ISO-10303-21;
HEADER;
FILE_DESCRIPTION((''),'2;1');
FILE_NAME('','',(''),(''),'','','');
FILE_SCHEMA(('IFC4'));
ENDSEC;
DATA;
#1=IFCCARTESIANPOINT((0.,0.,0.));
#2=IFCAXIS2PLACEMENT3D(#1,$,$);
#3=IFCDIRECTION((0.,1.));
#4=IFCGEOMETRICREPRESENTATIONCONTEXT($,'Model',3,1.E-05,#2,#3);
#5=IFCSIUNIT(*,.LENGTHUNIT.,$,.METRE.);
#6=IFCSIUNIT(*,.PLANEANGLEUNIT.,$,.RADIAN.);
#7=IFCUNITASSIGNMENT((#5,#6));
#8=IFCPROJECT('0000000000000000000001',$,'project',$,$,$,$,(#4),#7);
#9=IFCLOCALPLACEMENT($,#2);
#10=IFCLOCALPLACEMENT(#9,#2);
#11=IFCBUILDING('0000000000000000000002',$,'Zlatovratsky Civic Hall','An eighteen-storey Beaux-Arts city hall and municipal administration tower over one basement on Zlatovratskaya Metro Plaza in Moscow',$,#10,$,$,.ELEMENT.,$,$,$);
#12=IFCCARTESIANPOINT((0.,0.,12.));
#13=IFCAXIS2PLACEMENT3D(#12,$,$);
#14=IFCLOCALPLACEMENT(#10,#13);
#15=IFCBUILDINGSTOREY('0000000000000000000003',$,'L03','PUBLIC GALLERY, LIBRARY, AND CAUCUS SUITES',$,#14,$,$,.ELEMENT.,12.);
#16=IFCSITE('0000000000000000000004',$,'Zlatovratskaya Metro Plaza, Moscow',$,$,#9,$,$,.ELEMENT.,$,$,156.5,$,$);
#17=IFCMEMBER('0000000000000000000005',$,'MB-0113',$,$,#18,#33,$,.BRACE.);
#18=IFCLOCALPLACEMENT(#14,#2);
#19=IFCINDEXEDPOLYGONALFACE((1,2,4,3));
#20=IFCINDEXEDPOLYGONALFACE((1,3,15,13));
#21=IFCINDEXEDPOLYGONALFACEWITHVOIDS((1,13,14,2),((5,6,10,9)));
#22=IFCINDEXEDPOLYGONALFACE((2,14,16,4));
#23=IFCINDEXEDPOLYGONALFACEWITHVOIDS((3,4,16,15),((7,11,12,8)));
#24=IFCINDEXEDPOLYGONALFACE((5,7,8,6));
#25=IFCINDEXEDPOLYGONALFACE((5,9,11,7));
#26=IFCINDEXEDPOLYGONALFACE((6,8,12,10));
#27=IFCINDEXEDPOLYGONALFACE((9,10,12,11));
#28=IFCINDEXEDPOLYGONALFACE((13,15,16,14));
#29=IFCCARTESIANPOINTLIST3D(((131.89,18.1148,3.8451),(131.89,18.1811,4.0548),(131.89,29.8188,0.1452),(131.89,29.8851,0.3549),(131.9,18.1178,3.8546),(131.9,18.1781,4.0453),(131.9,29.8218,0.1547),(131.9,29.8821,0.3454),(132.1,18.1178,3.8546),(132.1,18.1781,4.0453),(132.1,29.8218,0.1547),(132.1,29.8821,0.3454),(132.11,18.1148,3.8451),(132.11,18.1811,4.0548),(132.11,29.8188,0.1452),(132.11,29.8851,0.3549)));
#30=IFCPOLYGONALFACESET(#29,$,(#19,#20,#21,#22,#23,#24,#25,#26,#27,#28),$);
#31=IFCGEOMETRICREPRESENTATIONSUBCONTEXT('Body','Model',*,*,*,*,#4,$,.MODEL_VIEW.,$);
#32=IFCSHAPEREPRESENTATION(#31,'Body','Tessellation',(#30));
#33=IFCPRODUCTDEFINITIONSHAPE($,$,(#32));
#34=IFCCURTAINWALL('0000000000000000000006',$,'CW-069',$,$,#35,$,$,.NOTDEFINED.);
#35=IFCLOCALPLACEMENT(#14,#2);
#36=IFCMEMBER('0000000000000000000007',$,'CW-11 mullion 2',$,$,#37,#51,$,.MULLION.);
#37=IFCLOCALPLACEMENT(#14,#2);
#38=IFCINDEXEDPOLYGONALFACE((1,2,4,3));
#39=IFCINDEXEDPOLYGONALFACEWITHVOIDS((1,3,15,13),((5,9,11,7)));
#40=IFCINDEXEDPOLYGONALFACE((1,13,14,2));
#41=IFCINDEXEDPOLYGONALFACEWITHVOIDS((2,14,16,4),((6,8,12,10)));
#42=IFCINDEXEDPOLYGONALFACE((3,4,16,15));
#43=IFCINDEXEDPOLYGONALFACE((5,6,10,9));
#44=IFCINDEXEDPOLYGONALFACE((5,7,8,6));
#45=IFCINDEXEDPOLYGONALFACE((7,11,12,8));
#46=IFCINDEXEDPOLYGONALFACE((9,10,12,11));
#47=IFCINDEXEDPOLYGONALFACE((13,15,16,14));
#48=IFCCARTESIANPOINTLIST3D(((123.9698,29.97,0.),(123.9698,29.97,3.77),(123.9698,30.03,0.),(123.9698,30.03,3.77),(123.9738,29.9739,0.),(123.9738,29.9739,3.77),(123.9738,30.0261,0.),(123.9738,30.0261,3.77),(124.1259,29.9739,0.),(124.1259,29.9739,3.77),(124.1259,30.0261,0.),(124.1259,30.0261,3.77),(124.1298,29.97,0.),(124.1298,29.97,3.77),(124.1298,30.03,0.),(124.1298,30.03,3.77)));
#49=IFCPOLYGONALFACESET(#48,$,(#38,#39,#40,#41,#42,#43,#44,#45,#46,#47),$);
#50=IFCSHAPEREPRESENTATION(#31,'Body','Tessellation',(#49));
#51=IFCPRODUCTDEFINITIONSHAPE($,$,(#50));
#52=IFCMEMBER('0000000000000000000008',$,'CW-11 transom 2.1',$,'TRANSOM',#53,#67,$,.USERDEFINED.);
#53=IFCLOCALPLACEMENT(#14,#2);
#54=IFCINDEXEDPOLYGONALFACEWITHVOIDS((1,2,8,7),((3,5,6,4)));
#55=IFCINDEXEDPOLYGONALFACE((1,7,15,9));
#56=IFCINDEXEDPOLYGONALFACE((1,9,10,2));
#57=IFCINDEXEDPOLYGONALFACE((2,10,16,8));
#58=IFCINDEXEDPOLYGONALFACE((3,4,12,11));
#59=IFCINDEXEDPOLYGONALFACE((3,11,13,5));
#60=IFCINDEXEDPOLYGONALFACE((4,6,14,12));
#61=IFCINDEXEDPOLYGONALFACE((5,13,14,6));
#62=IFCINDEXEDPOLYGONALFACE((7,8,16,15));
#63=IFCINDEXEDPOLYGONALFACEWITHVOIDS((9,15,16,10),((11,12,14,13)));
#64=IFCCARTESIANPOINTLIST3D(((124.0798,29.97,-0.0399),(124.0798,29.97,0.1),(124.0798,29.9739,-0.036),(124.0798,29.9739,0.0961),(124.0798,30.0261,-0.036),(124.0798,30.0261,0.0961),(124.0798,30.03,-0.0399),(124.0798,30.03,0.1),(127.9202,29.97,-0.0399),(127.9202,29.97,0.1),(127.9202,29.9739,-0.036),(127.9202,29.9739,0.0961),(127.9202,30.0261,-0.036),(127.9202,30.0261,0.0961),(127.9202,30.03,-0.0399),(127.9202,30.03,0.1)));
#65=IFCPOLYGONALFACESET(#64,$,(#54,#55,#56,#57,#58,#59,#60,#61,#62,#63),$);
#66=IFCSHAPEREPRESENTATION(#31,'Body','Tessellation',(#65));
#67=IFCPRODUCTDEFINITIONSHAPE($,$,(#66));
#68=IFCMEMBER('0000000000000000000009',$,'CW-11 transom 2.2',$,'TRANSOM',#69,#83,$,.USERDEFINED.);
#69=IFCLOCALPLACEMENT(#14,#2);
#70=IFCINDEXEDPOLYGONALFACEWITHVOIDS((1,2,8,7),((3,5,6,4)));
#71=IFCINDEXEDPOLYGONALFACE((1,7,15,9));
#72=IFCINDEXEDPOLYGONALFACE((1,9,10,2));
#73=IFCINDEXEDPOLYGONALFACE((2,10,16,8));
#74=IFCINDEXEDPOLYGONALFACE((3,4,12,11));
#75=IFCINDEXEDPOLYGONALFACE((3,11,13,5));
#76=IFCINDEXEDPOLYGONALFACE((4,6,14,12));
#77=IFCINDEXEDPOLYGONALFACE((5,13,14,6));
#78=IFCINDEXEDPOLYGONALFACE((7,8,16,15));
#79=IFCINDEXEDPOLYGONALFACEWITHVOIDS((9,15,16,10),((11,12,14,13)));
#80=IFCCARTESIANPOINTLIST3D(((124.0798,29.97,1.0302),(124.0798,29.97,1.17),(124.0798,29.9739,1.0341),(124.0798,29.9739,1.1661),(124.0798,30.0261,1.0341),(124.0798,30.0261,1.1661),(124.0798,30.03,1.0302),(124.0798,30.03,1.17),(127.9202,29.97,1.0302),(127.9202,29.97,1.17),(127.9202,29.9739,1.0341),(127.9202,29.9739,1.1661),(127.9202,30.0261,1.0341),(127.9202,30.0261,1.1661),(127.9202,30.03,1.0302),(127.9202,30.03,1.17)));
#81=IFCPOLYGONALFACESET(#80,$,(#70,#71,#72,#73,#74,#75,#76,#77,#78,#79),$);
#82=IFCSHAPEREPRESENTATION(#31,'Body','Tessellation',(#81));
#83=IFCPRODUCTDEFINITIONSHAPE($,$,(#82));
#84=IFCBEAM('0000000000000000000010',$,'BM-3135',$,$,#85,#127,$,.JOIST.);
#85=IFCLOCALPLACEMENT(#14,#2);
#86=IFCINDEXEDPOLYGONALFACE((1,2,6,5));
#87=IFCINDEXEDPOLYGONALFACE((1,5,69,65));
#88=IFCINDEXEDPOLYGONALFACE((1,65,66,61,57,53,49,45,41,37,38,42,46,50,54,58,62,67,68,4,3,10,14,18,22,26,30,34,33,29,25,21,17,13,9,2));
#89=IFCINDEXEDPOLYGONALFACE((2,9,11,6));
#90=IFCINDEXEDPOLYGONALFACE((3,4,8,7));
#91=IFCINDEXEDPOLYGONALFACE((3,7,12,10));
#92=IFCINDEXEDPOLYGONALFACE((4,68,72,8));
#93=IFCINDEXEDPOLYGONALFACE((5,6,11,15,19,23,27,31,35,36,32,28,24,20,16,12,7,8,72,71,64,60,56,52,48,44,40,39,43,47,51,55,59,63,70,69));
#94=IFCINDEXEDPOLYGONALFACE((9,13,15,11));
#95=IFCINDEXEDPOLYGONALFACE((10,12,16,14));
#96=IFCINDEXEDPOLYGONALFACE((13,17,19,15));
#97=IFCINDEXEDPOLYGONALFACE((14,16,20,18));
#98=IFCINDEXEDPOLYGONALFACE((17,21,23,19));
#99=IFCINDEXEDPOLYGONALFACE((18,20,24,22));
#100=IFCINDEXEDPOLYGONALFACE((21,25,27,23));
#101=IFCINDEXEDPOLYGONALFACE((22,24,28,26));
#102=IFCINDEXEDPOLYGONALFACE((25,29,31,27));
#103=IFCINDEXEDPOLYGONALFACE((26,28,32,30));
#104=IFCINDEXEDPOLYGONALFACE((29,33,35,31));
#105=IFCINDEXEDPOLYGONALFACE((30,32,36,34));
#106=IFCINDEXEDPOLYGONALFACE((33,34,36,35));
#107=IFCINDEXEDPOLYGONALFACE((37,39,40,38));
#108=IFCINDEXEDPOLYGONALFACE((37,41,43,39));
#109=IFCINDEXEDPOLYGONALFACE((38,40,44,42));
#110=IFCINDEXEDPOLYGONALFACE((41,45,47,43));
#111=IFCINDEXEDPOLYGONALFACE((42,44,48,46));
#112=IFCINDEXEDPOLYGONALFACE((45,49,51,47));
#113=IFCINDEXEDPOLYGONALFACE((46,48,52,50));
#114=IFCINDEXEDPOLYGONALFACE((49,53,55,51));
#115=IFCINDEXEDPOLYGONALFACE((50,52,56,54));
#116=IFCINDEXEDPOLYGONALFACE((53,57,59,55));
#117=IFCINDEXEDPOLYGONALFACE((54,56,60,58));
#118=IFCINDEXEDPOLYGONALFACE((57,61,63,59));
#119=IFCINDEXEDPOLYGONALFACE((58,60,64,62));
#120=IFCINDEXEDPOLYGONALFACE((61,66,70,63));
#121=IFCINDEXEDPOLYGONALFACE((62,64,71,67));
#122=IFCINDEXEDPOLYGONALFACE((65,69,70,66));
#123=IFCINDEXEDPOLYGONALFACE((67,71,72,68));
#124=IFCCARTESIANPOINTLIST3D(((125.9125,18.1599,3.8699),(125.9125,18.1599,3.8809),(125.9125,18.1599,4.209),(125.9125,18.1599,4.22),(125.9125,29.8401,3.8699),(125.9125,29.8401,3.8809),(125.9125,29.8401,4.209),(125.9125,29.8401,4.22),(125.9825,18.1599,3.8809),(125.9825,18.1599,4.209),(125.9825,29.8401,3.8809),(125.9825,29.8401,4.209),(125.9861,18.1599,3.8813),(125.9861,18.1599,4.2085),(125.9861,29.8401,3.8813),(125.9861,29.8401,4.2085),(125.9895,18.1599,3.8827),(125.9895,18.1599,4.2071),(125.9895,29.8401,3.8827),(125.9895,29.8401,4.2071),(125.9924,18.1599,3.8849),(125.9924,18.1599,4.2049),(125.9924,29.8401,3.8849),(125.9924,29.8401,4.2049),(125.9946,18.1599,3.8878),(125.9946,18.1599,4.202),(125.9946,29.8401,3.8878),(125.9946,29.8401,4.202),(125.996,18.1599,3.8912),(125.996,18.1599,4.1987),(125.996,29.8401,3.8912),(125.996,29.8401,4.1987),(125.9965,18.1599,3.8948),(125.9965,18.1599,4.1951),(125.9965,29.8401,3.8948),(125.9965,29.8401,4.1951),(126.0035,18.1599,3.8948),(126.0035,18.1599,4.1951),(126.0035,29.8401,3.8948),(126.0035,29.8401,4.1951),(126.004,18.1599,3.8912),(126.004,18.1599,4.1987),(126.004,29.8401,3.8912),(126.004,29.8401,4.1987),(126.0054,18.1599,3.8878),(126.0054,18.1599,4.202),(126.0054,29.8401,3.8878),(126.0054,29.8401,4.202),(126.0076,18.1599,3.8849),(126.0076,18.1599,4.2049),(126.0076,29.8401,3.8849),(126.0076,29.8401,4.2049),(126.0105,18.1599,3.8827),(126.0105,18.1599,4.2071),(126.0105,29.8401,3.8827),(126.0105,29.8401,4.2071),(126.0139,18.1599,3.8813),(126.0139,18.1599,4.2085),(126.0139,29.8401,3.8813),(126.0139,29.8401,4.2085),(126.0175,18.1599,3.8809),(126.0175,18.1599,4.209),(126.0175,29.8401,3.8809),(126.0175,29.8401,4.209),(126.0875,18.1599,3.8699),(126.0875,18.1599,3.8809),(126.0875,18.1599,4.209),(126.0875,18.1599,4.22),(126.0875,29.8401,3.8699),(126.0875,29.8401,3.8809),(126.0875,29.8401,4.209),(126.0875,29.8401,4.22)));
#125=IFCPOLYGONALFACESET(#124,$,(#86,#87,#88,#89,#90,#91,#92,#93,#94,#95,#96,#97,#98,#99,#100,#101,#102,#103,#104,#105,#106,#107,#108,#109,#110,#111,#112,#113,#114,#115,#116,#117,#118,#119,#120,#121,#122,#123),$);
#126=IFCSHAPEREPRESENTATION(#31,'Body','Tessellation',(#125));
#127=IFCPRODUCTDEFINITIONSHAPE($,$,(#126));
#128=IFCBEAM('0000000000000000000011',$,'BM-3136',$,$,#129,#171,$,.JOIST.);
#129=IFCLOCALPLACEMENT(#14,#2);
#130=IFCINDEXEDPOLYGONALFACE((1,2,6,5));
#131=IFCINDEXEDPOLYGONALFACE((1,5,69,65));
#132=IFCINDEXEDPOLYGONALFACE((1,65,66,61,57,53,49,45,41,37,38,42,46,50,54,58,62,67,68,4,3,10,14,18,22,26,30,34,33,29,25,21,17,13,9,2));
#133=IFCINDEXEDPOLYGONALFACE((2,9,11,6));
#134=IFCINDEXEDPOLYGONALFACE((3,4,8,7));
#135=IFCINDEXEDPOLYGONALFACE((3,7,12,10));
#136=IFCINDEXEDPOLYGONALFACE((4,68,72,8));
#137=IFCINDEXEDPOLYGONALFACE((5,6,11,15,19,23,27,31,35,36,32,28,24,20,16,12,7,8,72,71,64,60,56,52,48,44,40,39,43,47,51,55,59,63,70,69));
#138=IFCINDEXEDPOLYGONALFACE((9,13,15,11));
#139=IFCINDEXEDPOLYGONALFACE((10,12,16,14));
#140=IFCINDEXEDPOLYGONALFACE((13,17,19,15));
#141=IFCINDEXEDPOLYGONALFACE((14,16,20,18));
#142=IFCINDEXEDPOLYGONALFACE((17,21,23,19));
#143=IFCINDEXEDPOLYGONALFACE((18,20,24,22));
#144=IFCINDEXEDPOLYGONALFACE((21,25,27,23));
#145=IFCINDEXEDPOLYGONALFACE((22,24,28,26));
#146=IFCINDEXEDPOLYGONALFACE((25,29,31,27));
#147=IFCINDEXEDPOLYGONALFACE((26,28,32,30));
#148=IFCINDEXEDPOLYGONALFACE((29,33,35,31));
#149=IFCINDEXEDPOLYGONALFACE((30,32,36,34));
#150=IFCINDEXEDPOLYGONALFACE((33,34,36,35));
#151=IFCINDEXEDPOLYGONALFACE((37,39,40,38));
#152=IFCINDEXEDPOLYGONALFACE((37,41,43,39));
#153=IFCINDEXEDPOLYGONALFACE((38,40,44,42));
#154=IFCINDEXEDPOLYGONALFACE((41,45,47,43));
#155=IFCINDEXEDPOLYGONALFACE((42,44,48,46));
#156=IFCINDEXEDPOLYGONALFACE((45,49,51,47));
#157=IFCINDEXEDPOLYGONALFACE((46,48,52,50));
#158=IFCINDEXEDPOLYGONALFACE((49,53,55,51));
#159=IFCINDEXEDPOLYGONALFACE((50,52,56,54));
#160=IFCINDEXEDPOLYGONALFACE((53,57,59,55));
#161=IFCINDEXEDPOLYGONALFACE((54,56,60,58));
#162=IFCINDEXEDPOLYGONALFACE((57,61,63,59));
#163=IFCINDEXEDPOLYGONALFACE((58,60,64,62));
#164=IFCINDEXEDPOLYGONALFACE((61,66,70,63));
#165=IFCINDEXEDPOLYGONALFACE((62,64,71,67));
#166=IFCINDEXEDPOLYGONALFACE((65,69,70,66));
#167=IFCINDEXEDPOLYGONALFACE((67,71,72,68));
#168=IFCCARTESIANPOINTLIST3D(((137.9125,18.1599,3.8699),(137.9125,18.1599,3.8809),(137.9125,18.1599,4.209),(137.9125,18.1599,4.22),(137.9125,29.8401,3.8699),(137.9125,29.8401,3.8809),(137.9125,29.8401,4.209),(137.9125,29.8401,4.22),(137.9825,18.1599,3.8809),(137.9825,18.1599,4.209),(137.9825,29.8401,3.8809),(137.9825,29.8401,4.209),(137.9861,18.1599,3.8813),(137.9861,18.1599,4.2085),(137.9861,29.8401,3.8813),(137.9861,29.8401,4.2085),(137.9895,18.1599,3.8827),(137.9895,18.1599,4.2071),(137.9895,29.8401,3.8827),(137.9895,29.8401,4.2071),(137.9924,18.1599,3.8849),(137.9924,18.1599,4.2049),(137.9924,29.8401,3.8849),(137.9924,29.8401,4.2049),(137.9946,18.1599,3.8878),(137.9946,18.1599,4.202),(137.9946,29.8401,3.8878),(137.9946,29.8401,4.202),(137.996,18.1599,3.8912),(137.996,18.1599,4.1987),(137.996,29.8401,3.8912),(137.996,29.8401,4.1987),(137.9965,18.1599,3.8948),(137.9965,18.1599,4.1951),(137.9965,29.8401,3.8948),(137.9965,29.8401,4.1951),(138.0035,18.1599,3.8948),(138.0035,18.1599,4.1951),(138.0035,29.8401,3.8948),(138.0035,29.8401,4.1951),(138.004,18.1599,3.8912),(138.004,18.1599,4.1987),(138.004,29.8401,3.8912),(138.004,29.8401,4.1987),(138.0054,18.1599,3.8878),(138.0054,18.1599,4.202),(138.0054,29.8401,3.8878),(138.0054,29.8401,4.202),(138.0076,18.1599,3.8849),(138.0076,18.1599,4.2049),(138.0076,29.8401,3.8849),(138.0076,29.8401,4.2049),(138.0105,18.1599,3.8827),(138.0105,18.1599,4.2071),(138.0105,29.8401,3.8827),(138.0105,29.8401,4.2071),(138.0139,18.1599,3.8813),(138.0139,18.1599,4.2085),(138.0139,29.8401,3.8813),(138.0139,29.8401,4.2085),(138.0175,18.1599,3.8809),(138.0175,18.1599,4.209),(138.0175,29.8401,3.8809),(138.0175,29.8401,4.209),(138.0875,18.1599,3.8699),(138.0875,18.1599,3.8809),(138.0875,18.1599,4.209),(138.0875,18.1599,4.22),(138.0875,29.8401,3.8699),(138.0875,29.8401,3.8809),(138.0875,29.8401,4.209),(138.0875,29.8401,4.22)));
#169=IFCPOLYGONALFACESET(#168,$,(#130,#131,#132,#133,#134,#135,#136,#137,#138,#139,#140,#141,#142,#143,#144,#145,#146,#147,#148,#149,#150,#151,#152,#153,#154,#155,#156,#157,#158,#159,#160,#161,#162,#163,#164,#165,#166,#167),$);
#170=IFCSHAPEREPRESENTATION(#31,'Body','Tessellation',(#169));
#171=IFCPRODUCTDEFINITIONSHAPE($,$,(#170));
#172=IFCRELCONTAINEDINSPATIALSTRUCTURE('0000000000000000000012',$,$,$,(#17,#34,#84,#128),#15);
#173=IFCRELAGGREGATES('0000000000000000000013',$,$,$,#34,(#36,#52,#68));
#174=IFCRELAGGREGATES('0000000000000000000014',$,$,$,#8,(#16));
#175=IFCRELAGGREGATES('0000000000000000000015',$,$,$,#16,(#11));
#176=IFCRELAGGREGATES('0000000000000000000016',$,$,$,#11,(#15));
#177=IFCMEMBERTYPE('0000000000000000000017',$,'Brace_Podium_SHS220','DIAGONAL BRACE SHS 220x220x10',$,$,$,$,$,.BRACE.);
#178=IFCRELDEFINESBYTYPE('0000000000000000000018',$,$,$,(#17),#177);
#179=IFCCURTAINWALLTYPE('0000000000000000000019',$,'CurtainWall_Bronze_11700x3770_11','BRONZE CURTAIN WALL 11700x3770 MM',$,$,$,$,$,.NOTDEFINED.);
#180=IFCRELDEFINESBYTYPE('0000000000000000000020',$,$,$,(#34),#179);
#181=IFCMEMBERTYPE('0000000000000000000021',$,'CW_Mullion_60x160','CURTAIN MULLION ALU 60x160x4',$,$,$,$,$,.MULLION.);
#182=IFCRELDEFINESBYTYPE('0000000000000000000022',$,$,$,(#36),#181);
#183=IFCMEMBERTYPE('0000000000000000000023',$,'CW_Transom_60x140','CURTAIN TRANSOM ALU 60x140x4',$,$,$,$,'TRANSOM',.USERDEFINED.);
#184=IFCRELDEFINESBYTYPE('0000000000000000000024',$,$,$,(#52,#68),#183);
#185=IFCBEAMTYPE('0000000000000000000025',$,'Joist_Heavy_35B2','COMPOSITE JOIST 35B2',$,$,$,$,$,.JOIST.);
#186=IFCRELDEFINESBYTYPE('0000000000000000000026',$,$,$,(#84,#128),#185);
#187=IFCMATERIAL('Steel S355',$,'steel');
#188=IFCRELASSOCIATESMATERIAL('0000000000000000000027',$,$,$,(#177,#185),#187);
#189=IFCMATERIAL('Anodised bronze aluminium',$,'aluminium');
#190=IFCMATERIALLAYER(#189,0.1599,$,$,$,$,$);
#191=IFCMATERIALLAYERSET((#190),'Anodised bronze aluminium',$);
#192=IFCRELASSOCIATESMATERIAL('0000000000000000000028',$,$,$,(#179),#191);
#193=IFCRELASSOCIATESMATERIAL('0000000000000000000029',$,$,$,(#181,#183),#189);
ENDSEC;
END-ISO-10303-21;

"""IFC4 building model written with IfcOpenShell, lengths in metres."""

from ifc_helpers import new_model, si_unit, direction, frame, origin, origin_2d, place, context, subcontext, project, spatial, hollow_rectangle, i_section, extrude, material, layer, layer_set, material_profile, profile_set, type_object, element, aggregate, save


model = new_model("IFC4")

# Units and contexts
model_context = context("Model", 3, precision=1e-05, world=origin(), true_north=direction((0.0, 1.0)))
body_context = subcontext(model_context, "Body", "Model", "MODEL_VIEW")
ifc_project = project(units=[si_unit("LENGTHUNIT", "METRE"), si_unit("PLANEANGLEUNIT", "RADIAN")], contexts=[model_context])

# Site, building, storey
site_placement = place(None, origin())
site = spatial("IfcSite", under=ifc_project, at=site_placement, Name="Zlatovratskaya Metro Plaza, Moscow", CompositionType="ELEMENT", RefElevation=156.5)
building_placement = place(site_placement, origin())
building = spatial("IfcBuilding", under=site, at=building_placement, Name="Zlatovratsky Civic Hall", Description="An eighteen-storey Beaux-Arts city hall and municipal administration tower over one basement on Zlatovratskaya Metro Plaza in Moscow", CompositionType="ELEMENT")
storey_placement = place(building_placement, frame((0.0, 0.0, 12.0)))
storey = spatial("IfcBuildingStorey", under=building, at=storey_placement, Name="L03", Description="PUBLIC GALLERY, LIBRARY, AND CAUCUS SUITES", CompositionType="ELEMENT", Elevation=12.0)

# Shared definitions
ifc_material_1 = material(Name="Steel S355", Category="steel")

# Member
ifc_material_profile_1 = material_profile(ifc_material_1, hollow_rectangle(XDim=0.22, YDim=0.22, WallThickness=0.01, at=origin_2d()), Name="SHS 220x220x10")
ifc_profile_set_1 = profile_set([ifc_material_profile_1], Name="Steel S355")
member_type_1 = type_object("IfcMemberType", Name="Brace_Podium_SHS220", Description="DIAGONAL BRACE SHS 220x220x10", PredefinedType="BRACE", material=ifc_profile_set_1)
member_1_placement = place(storey_placement, frame((132.0, 18.1479, 3.95), z_axis=(0.0, 0.953491, -0.301422), x_axis=(-1.0, 0.0, 0.0)))
element("IfcMember", 1, at=member_1_placement, inside=storey, type_object=member_type_1, Name="MB-0113", PredefinedType="BRACE", context=body_context, shape_type="SweptSolid", body=[
    extrude(hollow_rectangle(XDim=0.22, YDim=0.22, WallThickness=0.01, at=origin_2d()), origin(), (0.0, 0.0, 1.0), 12.2749),
])

# Curtain wall, members
ifc_material_2 = material(Name="Anodised bronze aluminium", Category="aluminium")
ifc_layer_1 = layer(ifc_material_2, 0.1599)
ifc_layer_set_1 = layer_set([ifc_layer_1], Name="Anodised bronze aluminium")
curtain_wall_type = type_object("IfcCurtainWallType", Name="CurtainWall_Bronze_11700x3770_11", Description="BRONZE CURTAIN WALL 11700x3770 MM", PredefinedType="NOTDEFINED", material=ifc_layer_set_1)
curtain_wall_placement = place(storey_placement, origin())
curtain_wall = element("IfcCurtainWall", 2, at=curtain_wall_placement, inside=storey, type_object=curtain_wall_type, Name="CW-069", PredefinedType="NOTDEFINED")
ifc_material_profile_2 = material_profile(ifc_material_2, hollow_rectangle(XDim=0.0601, YDim=0.1599, WallThickness=0.0039, at=origin_2d()), Name="ALU 60x160x4")
ifc_profile_set_2 = profile_set([ifc_material_profile_2], Name="Anodised bronze aluminium")
member_type_2 = type_object("IfcMemberType", Name="CW_Mullion_60x160", Description="CURTAIN MULLION ALU 60x160x4", PredefinedType="MULLION", material=ifc_profile_set_2)
member_2_placement = place(storey_placement, frame((124.0498, 30.0, 0.0), z_axis=(0.0, 0.0, 1.0), x_axis=(0.0, 1.0, 0.0)))
member_2 = element("IfcMember", 3, at=member_2_placement, type_object=member_type_2, Name="CW-11 mullion 2", PredefinedType="MULLION", context=body_context, shape_type="SweptSolid", body=[
    extrude(hollow_rectangle(XDim=0.0601, YDim=0.1599, WallThickness=0.0039, at=origin_2d()), origin(), (0.0, 0.0, 1.0), 3.77),
])
ifc_material_profile_3 = material_profile(ifc_material_2, hollow_rectangle(XDim=0.0601, YDim=0.1399, WallThickness=0.0039, at=origin_2d()), Name="ALU 60x140x4")
ifc_profile_set_3 = profile_set([ifc_material_profile_3], Name="Anodised bronze aluminium")
member_type_3 = type_object("IfcMemberType", Name="CW_Transom_60x140", Description="CURTAIN TRANSOM ALU 60x140x4", ElementType="TRANSOM", PredefinedType="USERDEFINED", material=ifc_profile_set_3)
member_3_placement = place(storey_placement, frame((124.0798, 30.0, 0.03), z_axis=(1.0, 0.0, 0.0), x_axis=(0.0, 1.0, 0.0)))
member_3 = element("IfcMember", 4, at=member_3_placement, type_object=member_type_3, Name="CW-11 transom 2.1", ObjectType="TRANSOM", PredefinedType="USERDEFINED", context=body_context, shape_type="SweptSolid", body=[
    extrude(hollow_rectangle(XDim=0.0601, YDim=0.1399, WallThickness=0.0039, at=origin_2d()), origin(), (0.0, 0.0, 1.0), 3.8403),
])
member_4_placement = place(storey_placement, frame((124.0798, 30.0, 1.1001), z_axis=(1.0, 0.0, 0.0), x_axis=(0.0, 1.0, 0.0)))
member_4 = element("IfcMember", 5, at=member_4_placement, type_object=member_type_3, Name="CW-11 transom 2.2", ObjectType="TRANSOM", PredefinedType="USERDEFINED", context=body_context, shape_type="SweptSolid", body=[
    extrude(hollow_rectangle(XDim=0.0601, YDim=0.1399, WallThickness=0.0039, at=origin_2d()), origin(), (0.0, 0.0, 1.0), 3.8403),
])

# Beams
ifc_material_profile_4 = material_profile(ifc_material_1, i_section(OverallWidth=0.175, OverallDepth=0.3501, WebThickness=0.0071, FlangeThickness=0.011, FilletRadius=0.0139, at=origin_2d()), Name="35B2")
ifc_profile_set_4 = profile_set([ifc_material_profile_4], Name="Steel S355")
beam_type_1 = type_object("IfcBeamType", Name="Joist_Heavy_35B2", Description="COMPOSITE JOIST 35B2", PredefinedType="JOIST", material=ifc_profile_set_4)
for number, where, z_axis, x_axis, name in (
    (6, (126.0, 18.1599, 4.0449), (0.0, 1.0, 0.0), (-1.0, 0.0, 0.0), "BM-3135"),
    (7, (138.0, 18.1599, 4.0449), (0.0, 1.0, 0.0), (-1.0, 0.0, 0.0), "BM-3136"),
):
    element("IfcBeam", number, at=place(storey_placement, frame(where, z_axis=z_axis, x_axis=x_axis)), inside=storey, type_object=beam_type_1, Name=name, PredefinedType="JOIST", context=body_context, shape_type="SweptSolid", body=[
        extrude(i_section(OverallWidth=0.175, OverallDepth=0.3501, WebThickness=0.0071, FlangeThickness=0.011, FilletRadius=0.0139, at=origin_2d()), origin(), (0.0, 0.0, 1.0), 11.6802),
    ])

aggregate(curtain_wall, [member_2, member_3, member_4])

save(model, "model.ifc")
